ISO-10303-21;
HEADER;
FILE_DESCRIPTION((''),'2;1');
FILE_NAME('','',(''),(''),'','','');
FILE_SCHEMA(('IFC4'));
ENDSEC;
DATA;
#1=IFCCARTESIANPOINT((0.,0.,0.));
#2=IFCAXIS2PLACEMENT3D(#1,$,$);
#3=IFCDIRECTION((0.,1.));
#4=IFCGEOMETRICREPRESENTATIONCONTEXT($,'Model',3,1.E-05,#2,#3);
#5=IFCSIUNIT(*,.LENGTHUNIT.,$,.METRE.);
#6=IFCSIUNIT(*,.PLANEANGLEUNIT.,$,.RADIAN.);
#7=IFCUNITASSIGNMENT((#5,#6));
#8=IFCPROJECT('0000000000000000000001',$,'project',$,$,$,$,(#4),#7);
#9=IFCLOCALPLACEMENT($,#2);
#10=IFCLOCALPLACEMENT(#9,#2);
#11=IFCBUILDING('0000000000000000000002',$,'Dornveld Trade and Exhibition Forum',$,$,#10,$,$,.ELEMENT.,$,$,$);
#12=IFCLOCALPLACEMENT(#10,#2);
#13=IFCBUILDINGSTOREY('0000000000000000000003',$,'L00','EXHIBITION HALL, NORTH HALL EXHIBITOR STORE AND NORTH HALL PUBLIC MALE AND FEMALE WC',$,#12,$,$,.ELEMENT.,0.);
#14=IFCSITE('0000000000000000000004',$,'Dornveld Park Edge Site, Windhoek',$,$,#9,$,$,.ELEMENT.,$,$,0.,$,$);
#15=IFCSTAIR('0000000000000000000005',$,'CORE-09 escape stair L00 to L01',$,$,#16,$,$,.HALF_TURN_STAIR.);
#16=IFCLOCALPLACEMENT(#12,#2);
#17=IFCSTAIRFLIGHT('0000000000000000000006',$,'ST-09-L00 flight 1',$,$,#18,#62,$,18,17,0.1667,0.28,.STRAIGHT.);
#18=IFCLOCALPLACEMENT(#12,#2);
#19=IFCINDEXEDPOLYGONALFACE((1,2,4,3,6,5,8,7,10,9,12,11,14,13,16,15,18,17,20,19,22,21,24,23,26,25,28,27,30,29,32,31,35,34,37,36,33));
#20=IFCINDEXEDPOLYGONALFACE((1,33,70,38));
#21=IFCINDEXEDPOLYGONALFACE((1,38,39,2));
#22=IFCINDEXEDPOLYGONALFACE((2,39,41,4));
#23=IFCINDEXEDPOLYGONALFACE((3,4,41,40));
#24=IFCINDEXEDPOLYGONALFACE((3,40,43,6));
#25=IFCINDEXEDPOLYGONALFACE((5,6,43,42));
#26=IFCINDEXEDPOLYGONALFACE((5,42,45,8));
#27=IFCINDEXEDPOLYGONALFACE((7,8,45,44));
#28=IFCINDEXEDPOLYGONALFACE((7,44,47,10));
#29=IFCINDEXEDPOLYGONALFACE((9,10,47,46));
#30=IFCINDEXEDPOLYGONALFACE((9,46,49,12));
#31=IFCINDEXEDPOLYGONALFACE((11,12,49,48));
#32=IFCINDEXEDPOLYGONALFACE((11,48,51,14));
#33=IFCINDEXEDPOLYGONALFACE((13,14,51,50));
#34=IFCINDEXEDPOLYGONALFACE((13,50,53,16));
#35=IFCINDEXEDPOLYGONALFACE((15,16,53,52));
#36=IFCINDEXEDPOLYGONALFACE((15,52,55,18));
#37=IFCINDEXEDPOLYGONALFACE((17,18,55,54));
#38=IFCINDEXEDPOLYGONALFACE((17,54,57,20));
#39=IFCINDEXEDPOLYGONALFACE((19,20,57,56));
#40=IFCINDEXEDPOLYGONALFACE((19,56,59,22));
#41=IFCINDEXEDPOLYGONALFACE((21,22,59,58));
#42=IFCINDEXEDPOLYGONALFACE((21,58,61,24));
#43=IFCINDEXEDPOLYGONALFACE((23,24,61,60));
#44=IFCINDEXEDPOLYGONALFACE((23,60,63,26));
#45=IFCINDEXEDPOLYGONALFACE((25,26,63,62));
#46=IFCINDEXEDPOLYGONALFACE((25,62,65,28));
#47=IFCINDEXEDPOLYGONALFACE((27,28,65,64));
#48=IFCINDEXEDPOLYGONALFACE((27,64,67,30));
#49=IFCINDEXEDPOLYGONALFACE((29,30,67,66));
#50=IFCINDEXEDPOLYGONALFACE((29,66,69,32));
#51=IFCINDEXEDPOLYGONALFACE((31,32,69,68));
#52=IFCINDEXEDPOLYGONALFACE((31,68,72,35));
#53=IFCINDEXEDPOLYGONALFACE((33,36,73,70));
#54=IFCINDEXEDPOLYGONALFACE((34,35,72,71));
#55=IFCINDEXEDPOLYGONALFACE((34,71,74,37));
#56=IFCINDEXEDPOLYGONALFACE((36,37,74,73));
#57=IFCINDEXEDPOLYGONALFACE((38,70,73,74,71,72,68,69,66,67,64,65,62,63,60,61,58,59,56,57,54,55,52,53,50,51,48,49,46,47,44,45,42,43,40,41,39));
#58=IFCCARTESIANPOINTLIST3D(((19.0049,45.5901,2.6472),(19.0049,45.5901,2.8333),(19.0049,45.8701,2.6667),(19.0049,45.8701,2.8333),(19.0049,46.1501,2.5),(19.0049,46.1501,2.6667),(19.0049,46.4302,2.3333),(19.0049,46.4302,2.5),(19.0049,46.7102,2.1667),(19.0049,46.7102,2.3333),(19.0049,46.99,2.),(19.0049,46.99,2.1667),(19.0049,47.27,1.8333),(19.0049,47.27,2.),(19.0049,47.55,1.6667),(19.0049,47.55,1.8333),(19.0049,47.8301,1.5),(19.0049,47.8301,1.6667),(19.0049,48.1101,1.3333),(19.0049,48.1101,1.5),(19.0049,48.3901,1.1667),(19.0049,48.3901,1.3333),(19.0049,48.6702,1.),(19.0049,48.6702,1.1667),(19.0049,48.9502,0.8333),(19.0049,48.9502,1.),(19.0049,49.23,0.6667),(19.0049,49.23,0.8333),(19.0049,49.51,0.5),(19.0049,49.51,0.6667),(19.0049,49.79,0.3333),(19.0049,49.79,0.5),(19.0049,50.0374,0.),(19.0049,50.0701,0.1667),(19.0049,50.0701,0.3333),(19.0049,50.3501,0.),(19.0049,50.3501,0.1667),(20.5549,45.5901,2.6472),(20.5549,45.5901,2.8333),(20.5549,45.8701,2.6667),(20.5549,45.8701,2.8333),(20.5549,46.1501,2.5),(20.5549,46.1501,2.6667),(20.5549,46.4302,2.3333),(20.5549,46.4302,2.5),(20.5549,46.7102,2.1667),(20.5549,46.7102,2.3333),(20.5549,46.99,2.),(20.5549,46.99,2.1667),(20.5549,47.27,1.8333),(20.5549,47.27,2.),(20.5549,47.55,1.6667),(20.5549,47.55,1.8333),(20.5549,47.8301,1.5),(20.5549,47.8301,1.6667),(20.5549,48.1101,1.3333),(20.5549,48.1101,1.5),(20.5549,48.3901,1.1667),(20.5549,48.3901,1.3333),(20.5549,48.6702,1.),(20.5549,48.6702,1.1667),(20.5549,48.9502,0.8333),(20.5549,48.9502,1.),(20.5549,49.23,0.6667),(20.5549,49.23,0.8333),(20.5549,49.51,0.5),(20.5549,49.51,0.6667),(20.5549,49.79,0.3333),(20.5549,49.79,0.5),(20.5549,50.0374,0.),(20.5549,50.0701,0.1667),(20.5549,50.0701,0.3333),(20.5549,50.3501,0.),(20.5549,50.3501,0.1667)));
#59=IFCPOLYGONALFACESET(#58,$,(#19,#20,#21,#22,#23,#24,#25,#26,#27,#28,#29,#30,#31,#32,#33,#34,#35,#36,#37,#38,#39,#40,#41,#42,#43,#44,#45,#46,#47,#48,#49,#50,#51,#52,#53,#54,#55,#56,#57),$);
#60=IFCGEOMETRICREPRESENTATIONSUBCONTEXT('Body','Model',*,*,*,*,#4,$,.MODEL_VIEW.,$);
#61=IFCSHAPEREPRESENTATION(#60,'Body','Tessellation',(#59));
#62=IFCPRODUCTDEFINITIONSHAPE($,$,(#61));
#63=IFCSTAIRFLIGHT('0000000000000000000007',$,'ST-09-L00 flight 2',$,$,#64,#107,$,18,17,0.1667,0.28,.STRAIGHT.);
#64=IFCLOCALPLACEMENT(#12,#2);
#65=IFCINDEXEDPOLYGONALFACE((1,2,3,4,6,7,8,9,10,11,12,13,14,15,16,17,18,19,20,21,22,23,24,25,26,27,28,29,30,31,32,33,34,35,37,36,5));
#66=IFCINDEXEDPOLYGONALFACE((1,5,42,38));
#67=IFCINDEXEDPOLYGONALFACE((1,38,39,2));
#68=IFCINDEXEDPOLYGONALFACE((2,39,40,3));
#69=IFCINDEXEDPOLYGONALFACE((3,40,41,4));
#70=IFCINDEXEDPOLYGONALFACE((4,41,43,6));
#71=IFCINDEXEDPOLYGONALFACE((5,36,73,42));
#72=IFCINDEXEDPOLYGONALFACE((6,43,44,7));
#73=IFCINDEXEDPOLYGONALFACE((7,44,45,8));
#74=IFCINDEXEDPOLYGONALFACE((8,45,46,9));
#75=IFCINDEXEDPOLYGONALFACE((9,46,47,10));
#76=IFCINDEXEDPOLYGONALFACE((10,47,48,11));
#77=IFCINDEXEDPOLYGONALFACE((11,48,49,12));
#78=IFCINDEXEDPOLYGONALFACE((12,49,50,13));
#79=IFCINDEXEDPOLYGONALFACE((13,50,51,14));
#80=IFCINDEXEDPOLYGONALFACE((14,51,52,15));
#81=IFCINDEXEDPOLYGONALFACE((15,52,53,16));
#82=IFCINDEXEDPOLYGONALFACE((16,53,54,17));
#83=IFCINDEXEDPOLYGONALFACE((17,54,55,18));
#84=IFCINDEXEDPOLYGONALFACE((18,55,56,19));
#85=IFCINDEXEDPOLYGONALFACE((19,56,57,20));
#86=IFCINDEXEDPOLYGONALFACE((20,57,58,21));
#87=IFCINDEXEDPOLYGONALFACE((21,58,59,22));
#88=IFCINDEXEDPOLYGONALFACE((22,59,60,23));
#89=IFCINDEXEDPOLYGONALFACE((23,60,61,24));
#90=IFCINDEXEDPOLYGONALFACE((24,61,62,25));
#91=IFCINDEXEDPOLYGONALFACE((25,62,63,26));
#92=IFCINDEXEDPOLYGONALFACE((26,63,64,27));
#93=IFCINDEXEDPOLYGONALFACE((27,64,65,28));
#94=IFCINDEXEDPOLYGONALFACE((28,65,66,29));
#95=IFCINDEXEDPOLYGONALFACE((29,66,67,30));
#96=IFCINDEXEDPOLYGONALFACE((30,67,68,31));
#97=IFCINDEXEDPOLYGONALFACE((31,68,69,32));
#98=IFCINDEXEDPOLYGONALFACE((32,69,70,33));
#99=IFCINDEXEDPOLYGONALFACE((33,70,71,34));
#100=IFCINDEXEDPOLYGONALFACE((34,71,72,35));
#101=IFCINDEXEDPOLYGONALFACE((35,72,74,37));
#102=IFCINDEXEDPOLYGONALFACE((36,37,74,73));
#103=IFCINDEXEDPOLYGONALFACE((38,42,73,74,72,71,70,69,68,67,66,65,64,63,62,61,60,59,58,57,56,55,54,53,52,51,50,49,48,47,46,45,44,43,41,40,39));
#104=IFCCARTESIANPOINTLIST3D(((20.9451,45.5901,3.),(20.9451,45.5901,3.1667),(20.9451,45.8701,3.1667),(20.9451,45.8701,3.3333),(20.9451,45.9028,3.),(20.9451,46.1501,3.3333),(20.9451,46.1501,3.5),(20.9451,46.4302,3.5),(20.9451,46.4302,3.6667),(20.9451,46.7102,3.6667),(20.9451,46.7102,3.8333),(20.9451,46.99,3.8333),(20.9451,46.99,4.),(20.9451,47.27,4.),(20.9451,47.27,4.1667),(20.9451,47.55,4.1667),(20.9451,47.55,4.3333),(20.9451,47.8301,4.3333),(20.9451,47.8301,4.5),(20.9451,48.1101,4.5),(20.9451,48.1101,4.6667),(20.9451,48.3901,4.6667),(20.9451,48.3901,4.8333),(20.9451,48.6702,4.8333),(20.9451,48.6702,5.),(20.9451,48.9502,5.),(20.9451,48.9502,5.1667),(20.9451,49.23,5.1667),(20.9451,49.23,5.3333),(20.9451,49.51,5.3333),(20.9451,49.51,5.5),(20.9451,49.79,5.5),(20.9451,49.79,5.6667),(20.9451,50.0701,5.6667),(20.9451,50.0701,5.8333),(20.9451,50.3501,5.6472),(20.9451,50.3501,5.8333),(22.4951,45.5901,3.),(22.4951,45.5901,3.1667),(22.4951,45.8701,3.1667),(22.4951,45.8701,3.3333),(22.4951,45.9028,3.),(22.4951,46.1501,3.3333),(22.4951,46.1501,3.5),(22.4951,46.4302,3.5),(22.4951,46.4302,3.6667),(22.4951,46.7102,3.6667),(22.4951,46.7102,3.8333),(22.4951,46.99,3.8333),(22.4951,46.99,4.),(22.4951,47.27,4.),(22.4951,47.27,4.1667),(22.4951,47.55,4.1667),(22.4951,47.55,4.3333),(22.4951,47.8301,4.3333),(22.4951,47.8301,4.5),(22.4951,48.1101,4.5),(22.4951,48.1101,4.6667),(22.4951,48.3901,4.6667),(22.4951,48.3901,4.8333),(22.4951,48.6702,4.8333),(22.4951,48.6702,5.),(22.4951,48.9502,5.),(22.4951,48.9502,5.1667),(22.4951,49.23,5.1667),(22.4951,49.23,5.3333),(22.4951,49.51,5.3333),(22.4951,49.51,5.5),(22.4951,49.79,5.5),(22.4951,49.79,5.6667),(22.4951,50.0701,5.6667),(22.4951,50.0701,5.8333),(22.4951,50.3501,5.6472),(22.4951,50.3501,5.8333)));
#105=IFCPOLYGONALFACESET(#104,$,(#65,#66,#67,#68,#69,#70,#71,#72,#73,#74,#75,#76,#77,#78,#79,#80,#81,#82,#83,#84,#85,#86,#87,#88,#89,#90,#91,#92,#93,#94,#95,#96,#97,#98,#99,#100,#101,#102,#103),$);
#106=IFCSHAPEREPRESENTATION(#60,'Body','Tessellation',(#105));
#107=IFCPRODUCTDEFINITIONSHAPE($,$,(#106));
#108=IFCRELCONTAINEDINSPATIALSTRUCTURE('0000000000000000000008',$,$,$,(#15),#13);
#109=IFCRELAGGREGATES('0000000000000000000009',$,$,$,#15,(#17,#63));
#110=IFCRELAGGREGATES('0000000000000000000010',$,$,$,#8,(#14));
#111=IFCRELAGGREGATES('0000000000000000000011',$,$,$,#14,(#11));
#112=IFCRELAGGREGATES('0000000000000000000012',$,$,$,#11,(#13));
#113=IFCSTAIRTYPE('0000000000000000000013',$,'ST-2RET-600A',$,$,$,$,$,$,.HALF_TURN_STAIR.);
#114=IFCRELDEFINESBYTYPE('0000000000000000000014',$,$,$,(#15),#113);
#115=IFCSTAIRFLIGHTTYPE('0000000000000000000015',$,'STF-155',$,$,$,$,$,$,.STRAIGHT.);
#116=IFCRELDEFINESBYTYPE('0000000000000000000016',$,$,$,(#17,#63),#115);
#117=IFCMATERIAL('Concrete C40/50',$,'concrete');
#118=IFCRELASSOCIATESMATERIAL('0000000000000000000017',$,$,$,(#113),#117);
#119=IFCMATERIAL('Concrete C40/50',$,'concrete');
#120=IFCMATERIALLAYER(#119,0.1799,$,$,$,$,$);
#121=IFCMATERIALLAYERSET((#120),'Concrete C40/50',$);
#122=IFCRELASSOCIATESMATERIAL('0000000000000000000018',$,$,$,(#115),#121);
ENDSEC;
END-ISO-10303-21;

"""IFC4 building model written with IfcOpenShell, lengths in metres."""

from ifc_helpers import new_model, si_unit, direction, frame, origin, place, context, subcontext, project, spatial, polyline, outline, extrude, material, layer, layer_set, type_object, element, aggregate, save


model = new_model("IFC4")

# Units and contexts
model_context = context("Model", 3, precision=1e-05, world=origin(), true_north=direction((0.0, 1.0)))
body_context = subcontext(model_context, "Body", "Model", "MODEL_VIEW")
ifc_project = project(units=[si_unit("LENGTHUNIT", "METRE"), si_unit("PLANEANGLEUNIT", "RADIAN")], contexts=[model_context])

# Site, building, storey
site_placement = place(None, origin())
site = spatial("IfcSite", under=ifc_project, at=site_placement, Name="Dornveld Park Edge Site, Windhoek", CompositionType="ELEMENT", RefElevation=0.0)
building_placement = place(site_placement, origin())
building = spatial("IfcBuilding", under=site, at=building_placement, Name="Dornveld Trade and Exhibition Forum", CompositionType="ELEMENT")
storey_placement = place(building_placement, origin())
storey = spatial("IfcBuildingStorey", under=building, at=storey_placement, Name="L00", Description="EXHIBITION HALL, NORTH HALL EXHIBITOR STORE AND NORTH HALL PUBLIC MALE AND FEMALE WC", CompositionType="ELEMENT", Elevation=0.0)

# Stair, stair flights
ifc_material_1 = material(Name="Concrete C40/50", Category="concrete")
stair_type = type_object("IfcStairType", Name="ST-2RET-600A", PredefinedType="HALF_TURN_STAIR", material=ifc_material_1)
stair_placement = place(storey_placement, origin())
stair = element("IfcStair", 1, at=stair_placement, inside=storey, type_object=stair_type, Name="CORE-09 escape stair L00 to L01", PredefinedType="HALF_TURN_STAIR")
ifc_material_2 = material(Name="Concrete C40/50", Category="concrete")
ifc_layer_1 = layer(ifc_material_2, 0.1799)
ifc_layer_set_1 = layer_set([ifc_layer_1], Name="Concrete C40/50")
stair_flight_type = type_object("IfcStairFlightType", Name="STF-155", PredefinedType="STRAIGHT", material=ifc_layer_set_1)
stair_flight_1_placement = place(storey_placement, frame((19.78, 50.3501, 0.0), z_axis=(0.0, 0.0, 1.0), x_axis=(0.0, -1.0, 0.0)))
stair_flight_1 = element("IfcStairFlight", 2, at=stair_flight_1_placement, type_object=stair_flight_type, Name="ST-09-L00 flight 1", NumberOfRisers=18, NumberOfTreads=17, PredefinedType="STRAIGHT", RiserHeight=0.1667, TreadLength=0.28, context=body_context, shape_type="SweptSolid", body=[
    extrude(outline(polyline([(0.0, 0.0), (0.0, 0.1667), (0.28, 0.1667), (0.28, 0.3333), (0.5601, 0.3333), (0.5601, 0.5), (0.8401, 0.5), (0.8401, 0.6667), (1.1201, 0.6667), (1.1201, 0.8333), (1.3999, 0.8333), (1.3999, 1.0), (1.6799, 1.0), (1.6799, 1.1667), (1.96, 1.1667), (1.96, 1.3333), (2.24, 1.3333), (2.24, 1.5), (2.52, 1.5), (2.52, 1.6667), (2.8, 1.6667), (2.8, 1.8333), (3.0801, 1.8333), (3.0801, 2.0), (3.3601, 2.0), (3.3601, 2.1667), (3.6399, 2.1667), (3.6399, 2.3333), (3.9199, 2.3333), (3.9199, 2.5), (4.2, 2.5), (4.2, 2.6667), (4.48, 2.6667), (4.48, 2.8333), (4.76, 2.8333), (4.76, 3.0), (4.76, 2.6472), (0.3127, 0.0), (0.0, 0.0)])), frame((0.0, 0.7749, 0.0), z_axis=(0.0, -1.0, 0.0), x_axis=(1.0, 0.0, 0.0)), (0.0, 0.0, 1.0), 1.55),
])
stair_flight_2_placement = place(storey_placement, frame((21.72, 45.5901, 3.0), z_axis=(0.0, 0.0, 1.0), x_axis=(0.0, 1.0, 0.0)))
stair_flight_2 = element("IfcStairFlight", 3, at=stair_flight_2_placement, type_object=stair_flight_type, Name="ST-09-L00 flight 2", NumberOfRisers=18, NumberOfTreads=17, PredefinedType="STRAIGHT", RiserHeight=0.1667, TreadLength=0.28, context=body_context, shape_type="SweptSolid", body=[
    extrude(outline(polyline([(0.0, 0.0), (0.0, 0.1667), (0.28, 0.1667), (0.28, 0.3333), (0.5601, 0.3333), (0.5601, 0.5), (0.8401, 0.5), (0.8401, 0.6667), (1.1201, 0.6667), (1.1201, 0.8333), (1.3999, 0.8333), (1.3999, 1.0), (1.6799, 1.0), (1.6799, 1.1667), (1.96, 1.1667), (1.96, 1.3333), (2.24, 1.3333), (2.24, 1.5), (2.52, 1.5), (2.52, 1.6667), (2.8, 1.6667), (2.8, 1.8333), (3.0801, 1.8333), (3.0801, 2.0), (3.3601, 2.0), (3.3601, 2.1667), (3.6399, 2.1667), (3.6399, 2.3333), (3.9199, 2.3333), (3.9199, 2.5), (4.2, 2.5), (4.2, 2.6667), (4.48, 2.6667), (4.48, 2.8333), (4.76, 2.8333), (4.76, 3.0), (4.76, 2.6472), (0.3127, 0.0), (0.0, 0.0)])), frame((0.0, 0.7749, 0.0), z_axis=(0.0, -1.0, 0.0), x_axis=(1.0, 0.0, 0.0)), (0.0, 0.0, 1.0), 1.55),
])
aggregate(stair, [stair_flight_1, stair_flight_2])

save(model, "model.ifc")
